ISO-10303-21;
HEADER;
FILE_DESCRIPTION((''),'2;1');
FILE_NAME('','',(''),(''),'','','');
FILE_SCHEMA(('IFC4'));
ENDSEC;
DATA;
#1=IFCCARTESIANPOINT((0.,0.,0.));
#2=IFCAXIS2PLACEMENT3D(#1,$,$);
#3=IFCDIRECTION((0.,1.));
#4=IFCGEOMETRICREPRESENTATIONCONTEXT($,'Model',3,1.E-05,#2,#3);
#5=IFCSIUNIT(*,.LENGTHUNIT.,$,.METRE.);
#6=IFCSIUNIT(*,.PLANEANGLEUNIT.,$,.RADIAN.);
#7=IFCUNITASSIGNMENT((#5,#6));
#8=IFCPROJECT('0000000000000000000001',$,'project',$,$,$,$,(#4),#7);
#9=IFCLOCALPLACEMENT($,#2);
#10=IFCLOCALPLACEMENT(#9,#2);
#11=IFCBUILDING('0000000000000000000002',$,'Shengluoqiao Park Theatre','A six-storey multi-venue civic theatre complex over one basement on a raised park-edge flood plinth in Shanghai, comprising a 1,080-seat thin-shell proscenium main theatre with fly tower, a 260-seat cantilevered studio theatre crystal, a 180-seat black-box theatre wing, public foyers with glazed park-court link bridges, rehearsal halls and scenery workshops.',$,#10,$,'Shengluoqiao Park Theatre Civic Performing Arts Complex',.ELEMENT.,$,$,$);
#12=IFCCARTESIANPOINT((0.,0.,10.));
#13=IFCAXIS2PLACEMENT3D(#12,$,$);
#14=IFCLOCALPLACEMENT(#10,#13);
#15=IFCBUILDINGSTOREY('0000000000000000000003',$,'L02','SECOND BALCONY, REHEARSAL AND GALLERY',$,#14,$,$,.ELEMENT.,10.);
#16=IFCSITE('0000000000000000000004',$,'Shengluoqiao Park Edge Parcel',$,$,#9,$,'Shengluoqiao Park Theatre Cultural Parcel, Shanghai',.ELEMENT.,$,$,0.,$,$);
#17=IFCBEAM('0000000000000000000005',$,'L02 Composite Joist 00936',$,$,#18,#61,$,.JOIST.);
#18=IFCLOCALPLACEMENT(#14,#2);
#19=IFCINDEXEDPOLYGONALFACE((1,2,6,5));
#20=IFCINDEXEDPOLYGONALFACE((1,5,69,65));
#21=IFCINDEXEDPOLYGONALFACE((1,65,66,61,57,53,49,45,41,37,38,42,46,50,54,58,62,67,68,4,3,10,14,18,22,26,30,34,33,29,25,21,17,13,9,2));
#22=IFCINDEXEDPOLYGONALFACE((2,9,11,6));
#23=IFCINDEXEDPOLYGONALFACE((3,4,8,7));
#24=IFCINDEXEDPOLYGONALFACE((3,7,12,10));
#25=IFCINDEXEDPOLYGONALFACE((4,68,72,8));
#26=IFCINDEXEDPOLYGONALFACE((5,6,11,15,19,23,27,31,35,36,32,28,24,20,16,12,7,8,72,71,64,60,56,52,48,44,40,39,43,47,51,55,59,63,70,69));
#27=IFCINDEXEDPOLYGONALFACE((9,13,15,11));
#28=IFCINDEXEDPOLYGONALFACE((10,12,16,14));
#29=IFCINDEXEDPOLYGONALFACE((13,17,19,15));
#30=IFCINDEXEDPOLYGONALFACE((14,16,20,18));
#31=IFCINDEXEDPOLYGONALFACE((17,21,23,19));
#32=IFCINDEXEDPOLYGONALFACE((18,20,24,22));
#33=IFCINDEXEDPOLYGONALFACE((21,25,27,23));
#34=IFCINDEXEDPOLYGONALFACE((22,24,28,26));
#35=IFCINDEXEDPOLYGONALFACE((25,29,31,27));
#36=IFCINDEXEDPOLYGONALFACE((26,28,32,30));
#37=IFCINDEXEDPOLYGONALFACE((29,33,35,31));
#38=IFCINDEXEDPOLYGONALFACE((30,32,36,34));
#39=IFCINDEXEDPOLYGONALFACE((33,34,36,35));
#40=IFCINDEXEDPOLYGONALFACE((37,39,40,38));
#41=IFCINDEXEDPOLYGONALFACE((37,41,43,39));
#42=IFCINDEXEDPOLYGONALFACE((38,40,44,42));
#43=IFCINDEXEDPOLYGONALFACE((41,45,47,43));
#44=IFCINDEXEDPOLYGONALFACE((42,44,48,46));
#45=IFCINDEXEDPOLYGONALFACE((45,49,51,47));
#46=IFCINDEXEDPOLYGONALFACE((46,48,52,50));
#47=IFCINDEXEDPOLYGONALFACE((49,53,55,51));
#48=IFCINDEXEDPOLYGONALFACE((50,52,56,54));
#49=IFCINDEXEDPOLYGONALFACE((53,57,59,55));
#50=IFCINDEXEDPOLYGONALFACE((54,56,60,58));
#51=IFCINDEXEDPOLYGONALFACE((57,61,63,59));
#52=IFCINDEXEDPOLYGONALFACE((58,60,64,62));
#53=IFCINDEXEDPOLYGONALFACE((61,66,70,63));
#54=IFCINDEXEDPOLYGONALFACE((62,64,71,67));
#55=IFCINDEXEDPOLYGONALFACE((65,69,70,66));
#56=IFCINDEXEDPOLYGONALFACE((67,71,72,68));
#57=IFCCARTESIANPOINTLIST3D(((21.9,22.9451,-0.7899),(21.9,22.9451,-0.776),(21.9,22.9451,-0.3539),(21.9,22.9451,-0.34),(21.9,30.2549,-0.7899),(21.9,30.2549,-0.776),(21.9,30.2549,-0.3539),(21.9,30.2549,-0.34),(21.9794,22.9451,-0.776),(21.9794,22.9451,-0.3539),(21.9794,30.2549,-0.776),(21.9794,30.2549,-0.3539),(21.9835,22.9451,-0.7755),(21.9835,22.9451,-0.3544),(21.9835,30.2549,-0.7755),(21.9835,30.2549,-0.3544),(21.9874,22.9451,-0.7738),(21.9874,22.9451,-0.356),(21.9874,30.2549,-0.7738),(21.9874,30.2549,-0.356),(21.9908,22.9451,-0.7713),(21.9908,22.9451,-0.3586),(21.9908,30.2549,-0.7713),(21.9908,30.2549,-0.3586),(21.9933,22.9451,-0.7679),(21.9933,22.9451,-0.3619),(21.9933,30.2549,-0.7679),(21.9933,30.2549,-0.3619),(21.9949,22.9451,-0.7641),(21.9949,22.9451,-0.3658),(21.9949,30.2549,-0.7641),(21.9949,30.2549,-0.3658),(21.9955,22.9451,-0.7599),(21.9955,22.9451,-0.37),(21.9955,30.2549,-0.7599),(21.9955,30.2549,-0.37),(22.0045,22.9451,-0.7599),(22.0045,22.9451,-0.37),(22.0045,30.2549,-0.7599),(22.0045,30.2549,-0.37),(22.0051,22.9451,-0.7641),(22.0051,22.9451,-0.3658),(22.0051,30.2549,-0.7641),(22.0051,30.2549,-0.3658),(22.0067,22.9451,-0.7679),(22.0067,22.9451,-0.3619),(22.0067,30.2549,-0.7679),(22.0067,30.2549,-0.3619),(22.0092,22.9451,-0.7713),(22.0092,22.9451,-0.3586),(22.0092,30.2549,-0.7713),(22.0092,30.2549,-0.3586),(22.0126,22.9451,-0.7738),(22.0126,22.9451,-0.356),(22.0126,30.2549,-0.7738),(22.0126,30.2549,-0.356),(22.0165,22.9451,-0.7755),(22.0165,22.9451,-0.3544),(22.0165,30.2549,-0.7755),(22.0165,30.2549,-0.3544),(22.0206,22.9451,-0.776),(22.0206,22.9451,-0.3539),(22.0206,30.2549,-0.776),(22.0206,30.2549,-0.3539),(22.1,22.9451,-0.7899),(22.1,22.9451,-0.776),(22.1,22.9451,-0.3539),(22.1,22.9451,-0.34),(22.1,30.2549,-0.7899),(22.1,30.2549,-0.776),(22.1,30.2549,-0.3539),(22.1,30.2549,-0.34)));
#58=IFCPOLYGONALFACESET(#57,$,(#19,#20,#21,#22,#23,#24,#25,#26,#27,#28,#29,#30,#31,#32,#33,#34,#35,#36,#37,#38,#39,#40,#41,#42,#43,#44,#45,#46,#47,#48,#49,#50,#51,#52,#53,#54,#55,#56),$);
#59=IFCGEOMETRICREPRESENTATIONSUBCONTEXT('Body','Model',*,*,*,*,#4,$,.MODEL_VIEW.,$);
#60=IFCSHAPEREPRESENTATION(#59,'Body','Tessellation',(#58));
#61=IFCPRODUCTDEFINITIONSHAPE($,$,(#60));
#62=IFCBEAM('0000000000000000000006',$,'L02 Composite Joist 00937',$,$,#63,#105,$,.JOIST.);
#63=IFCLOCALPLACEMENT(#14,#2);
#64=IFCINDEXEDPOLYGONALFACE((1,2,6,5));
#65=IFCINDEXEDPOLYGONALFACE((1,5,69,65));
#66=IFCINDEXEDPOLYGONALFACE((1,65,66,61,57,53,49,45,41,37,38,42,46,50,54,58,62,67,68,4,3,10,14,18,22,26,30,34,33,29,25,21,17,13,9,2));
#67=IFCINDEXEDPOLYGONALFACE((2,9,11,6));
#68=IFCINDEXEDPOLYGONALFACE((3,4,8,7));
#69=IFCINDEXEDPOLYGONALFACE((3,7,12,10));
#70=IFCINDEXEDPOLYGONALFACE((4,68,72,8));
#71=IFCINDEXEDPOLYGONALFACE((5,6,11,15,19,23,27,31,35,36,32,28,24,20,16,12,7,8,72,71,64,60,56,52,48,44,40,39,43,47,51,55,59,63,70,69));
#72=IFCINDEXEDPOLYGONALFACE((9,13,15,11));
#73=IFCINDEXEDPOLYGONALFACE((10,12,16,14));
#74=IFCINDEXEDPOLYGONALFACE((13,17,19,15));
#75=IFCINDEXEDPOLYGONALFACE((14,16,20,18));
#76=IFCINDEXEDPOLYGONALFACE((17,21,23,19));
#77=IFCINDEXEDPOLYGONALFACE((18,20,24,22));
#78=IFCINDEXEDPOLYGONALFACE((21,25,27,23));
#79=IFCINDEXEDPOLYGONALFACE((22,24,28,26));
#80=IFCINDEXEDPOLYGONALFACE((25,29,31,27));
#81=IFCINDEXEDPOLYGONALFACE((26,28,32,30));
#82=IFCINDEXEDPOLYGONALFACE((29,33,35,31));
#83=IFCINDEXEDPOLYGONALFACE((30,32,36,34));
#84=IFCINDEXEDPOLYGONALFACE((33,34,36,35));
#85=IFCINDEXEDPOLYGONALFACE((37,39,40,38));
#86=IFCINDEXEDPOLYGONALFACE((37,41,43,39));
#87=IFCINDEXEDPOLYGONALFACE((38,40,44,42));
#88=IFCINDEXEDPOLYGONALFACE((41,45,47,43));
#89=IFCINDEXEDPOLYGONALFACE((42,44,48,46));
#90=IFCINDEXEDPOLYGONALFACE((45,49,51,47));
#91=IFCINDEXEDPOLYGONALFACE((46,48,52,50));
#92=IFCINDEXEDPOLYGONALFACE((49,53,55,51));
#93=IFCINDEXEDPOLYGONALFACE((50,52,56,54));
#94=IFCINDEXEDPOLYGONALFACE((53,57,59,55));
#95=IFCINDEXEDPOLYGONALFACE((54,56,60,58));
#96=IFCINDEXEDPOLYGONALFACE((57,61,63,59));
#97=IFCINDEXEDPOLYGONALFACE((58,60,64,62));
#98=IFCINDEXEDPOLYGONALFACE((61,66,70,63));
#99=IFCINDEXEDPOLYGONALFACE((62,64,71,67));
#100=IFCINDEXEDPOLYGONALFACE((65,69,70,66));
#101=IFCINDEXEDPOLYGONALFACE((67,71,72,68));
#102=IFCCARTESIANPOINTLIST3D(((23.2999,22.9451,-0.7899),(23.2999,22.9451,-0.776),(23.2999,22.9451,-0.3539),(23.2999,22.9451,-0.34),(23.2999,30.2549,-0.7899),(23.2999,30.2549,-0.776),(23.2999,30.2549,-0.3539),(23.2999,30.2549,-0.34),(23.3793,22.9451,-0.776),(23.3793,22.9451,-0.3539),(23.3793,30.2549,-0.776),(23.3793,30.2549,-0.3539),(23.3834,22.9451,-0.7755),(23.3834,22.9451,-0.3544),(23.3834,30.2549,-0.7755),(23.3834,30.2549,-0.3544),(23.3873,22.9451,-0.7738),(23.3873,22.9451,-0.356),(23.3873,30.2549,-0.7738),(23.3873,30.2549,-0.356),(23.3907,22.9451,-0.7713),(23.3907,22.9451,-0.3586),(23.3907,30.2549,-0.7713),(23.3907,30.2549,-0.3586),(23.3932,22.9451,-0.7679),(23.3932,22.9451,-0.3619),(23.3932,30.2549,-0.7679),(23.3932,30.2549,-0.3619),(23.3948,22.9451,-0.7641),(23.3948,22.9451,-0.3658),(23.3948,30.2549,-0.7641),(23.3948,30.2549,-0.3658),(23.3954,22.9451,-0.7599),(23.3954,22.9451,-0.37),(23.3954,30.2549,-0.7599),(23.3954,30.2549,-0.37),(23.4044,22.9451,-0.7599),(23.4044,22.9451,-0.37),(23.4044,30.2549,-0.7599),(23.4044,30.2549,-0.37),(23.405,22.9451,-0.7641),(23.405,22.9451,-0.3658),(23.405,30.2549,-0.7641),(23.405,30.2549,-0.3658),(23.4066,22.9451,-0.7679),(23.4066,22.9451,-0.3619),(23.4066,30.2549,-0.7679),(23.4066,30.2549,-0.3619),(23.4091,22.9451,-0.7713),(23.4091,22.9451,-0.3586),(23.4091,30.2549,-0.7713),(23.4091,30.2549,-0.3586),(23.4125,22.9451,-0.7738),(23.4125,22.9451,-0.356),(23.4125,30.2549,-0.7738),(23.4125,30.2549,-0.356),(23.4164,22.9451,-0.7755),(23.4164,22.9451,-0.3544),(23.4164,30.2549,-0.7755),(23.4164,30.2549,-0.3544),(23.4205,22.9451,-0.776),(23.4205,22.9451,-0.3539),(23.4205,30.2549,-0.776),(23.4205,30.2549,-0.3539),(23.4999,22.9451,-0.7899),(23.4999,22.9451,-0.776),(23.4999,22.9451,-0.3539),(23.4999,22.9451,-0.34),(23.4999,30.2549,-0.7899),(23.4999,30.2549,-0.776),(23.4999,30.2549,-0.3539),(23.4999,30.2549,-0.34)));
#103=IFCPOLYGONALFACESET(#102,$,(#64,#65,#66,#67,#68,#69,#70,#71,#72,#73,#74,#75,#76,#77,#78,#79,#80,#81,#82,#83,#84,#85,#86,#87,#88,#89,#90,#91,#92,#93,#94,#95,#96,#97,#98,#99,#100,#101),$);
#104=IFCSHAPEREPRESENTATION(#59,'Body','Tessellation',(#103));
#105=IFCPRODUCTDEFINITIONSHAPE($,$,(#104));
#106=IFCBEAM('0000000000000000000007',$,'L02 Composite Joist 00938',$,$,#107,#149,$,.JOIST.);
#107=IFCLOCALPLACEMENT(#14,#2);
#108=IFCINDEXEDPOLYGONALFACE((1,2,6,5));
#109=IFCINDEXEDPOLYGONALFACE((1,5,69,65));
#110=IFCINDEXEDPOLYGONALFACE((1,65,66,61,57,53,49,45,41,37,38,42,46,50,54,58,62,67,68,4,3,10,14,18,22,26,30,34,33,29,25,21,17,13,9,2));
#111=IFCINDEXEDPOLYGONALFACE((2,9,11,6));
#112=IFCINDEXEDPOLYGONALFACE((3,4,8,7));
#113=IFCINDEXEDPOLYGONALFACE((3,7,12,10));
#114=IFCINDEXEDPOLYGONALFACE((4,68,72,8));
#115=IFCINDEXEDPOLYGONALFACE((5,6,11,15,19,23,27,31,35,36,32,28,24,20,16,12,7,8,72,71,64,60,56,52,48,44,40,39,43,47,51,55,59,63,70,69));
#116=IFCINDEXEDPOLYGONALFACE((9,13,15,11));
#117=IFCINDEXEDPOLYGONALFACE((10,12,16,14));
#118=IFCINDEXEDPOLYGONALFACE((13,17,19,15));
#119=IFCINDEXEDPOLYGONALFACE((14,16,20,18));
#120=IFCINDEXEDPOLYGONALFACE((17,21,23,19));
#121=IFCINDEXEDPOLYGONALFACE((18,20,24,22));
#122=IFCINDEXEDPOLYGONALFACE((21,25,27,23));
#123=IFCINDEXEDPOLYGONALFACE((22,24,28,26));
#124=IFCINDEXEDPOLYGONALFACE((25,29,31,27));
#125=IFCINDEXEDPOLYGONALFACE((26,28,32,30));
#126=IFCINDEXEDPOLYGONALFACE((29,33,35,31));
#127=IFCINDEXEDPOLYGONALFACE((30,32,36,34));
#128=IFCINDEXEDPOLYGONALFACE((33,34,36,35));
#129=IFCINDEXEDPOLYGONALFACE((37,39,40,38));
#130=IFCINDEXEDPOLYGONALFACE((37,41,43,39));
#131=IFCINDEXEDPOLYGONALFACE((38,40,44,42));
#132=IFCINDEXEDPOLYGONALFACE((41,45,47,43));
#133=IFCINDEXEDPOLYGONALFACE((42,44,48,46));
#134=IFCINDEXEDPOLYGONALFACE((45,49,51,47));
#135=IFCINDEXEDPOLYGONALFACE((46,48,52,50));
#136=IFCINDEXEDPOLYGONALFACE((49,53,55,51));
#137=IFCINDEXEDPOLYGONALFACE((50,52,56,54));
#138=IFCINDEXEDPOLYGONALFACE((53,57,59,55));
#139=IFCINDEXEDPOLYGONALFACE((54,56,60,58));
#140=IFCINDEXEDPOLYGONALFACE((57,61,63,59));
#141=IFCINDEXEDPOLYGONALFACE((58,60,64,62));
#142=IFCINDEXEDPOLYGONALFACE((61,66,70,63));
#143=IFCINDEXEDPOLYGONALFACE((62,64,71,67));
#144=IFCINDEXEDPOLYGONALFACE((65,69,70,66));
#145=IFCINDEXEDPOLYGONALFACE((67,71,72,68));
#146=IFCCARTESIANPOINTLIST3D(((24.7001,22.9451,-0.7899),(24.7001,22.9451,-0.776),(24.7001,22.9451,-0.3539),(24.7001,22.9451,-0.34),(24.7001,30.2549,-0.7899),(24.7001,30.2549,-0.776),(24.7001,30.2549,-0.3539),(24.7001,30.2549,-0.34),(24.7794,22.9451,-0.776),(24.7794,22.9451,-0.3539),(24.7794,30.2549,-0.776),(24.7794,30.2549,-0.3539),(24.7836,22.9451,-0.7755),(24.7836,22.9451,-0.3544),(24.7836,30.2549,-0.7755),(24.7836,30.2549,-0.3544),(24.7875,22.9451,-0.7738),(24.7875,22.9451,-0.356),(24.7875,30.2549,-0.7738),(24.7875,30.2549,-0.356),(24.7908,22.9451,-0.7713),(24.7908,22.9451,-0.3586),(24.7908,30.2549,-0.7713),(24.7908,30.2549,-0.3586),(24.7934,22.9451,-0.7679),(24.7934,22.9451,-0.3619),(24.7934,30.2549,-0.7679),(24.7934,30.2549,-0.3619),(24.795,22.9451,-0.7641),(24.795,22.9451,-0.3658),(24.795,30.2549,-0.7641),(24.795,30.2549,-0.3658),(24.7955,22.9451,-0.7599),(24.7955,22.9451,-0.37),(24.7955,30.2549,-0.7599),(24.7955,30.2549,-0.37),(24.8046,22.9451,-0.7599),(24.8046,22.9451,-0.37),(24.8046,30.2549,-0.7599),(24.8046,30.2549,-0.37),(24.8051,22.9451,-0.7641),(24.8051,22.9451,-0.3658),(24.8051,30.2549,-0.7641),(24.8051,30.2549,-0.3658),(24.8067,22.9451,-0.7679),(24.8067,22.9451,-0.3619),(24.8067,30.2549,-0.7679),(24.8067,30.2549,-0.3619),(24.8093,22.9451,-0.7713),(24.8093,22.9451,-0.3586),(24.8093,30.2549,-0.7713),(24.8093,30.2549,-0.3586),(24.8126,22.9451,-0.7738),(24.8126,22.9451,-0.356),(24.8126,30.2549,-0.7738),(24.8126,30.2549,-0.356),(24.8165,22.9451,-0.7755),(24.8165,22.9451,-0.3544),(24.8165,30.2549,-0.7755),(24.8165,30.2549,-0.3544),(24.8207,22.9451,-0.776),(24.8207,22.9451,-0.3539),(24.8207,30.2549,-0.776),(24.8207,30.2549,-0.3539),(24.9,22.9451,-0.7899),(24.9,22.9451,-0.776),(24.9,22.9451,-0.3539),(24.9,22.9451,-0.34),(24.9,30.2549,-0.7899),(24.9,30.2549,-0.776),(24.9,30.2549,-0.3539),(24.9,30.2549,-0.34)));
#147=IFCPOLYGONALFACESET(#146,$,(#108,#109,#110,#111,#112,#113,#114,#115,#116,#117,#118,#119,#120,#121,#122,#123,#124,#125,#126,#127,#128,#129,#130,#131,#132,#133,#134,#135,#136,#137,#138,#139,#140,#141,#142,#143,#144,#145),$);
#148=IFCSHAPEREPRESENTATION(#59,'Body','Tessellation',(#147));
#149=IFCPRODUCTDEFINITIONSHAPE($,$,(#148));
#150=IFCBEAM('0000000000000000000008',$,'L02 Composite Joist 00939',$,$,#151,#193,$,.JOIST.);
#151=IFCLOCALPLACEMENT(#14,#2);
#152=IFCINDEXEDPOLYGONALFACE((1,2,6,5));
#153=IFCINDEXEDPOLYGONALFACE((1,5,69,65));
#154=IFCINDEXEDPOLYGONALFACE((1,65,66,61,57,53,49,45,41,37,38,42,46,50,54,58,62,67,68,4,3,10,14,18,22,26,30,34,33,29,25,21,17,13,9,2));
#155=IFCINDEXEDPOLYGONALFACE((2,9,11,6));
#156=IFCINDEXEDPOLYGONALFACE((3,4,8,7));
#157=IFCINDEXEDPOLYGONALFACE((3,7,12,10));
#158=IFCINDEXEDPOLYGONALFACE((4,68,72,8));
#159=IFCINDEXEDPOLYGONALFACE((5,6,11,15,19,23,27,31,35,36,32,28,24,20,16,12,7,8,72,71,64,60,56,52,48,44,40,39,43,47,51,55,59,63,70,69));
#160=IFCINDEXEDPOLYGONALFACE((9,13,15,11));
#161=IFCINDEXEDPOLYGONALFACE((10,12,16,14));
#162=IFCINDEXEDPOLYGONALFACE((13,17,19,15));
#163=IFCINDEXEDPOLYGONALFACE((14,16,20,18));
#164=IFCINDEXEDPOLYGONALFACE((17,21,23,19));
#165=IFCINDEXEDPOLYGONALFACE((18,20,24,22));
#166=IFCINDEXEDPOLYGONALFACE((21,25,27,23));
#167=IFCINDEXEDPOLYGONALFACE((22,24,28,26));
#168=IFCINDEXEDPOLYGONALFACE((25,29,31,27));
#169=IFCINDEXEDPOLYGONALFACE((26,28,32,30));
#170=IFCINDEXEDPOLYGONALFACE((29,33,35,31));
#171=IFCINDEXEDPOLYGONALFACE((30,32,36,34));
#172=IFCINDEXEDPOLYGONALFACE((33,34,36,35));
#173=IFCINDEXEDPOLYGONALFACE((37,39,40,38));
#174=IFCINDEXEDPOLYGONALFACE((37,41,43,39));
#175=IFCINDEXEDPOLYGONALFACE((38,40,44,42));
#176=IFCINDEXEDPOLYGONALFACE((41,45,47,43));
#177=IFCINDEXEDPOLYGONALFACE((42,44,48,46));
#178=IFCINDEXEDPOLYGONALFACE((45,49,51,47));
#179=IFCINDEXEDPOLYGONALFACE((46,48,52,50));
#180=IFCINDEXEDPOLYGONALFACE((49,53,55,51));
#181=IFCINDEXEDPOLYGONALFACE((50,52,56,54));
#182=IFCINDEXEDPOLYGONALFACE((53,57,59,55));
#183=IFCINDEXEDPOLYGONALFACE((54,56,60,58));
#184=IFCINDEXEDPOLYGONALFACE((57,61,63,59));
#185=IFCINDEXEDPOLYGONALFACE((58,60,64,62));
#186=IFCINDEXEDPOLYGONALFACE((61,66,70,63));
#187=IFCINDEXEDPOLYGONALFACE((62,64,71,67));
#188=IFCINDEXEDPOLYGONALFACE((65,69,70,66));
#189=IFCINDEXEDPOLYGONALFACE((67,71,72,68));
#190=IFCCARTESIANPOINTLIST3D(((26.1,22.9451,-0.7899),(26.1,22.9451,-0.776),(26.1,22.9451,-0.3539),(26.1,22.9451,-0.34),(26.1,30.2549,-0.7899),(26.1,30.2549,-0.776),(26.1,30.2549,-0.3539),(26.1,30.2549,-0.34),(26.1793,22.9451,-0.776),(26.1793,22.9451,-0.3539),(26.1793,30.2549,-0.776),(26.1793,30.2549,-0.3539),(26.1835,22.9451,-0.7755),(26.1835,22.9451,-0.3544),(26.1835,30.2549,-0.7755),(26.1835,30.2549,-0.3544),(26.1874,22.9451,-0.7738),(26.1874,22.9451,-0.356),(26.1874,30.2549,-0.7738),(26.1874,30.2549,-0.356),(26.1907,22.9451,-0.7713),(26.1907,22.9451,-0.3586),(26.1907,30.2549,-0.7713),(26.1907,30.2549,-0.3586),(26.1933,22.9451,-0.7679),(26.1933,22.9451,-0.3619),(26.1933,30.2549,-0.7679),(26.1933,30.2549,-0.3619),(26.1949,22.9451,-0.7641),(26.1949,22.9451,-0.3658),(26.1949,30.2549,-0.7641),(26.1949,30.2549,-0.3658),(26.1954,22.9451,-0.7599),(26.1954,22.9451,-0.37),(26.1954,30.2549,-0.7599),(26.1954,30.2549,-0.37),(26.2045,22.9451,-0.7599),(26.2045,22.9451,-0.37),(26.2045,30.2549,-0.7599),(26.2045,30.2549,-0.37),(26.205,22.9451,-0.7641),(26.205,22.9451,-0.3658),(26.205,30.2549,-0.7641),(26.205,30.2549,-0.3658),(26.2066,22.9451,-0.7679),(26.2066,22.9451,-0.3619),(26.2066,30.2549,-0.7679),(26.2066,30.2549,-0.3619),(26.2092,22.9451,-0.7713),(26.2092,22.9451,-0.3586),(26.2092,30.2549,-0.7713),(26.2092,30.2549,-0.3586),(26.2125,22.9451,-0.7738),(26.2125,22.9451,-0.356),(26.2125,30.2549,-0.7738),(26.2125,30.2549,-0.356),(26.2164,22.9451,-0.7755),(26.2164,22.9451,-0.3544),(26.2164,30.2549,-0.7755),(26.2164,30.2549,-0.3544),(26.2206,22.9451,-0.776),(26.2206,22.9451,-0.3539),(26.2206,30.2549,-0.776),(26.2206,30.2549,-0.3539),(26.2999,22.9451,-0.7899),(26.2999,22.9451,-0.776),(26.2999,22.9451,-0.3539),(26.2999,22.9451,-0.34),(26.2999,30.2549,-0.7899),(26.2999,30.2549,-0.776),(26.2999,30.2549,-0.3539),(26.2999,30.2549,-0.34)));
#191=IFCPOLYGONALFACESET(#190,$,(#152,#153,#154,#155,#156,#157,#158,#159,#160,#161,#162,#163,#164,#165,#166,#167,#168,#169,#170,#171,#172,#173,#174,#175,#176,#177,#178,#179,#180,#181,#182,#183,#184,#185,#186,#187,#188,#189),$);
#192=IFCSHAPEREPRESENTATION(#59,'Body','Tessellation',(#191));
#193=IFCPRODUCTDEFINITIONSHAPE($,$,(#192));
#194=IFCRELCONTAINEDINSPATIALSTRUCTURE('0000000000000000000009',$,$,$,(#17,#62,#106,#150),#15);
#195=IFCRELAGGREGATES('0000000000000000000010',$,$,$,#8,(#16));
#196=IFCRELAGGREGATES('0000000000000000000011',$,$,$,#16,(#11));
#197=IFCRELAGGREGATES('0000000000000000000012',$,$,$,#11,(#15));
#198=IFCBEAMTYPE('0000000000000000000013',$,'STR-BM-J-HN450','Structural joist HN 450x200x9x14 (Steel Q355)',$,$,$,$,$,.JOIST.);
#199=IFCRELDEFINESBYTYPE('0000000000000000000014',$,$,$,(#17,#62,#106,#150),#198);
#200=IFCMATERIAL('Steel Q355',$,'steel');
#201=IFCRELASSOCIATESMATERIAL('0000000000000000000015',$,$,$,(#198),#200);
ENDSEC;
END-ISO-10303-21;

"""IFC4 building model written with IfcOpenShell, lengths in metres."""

from ifc_helpers import new_model, si_unit, direction, frame, origin, origin_2d, place, context, subcontext, project, spatial, i_section, extrude, material, material_profile, profile_set, type_object, element, save


model = new_model("IFC4")

# Units and contexts
model_context = context("Model", 3, precision=1e-05, world=origin(), true_north=direction((0.0, 1.0)))
body_context = subcontext(model_context, "Body", "Model", "MODEL_VIEW")
ifc_project = project(units=[si_unit("LENGTHUNIT", "METRE"), si_unit("PLANEANGLEUNIT", "RADIAN")], contexts=[model_context])

# Site, building, storey
site_placement = place(None, origin())
site = spatial("IfcSite", under=ifc_project, at=site_placement, Name="Shengluoqiao Park Edge Parcel", LongName="Shengluoqiao Park Theatre Cultural Parcel, Shanghai", CompositionType="ELEMENT", RefElevation=0.0)
building_placement = place(site_placement, origin())
building = spatial("IfcBuilding", under=site, at=building_placement, Name="Shengluoqiao Park Theatre", Description="A six-storey multi-venue civic theatre complex over one basement on a raised park-edge flood plinth in Shanghai, comprising a 1,080-seat thin-shell proscenium main theatre with fly tower, a 260-seat cantilevered studio theatre crystal, a 180-seat black-box theatre wing, public foyers with glazed park-court link bridges, rehearsal halls and scenery workshops.", LongName="Shengluoqiao Park Theatre Civic Performing Arts Complex", CompositionType="ELEMENT")
storey_placement = place(building_placement, frame((0.0, 0.0, 10.0)))
storey = spatial("IfcBuildingStorey", under=building, at=storey_placement, Name="L02", Description="SECOND BALCONY, REHEARSAL AND GALLERY", CompositionType="ELEMENT", Elevation=10.0)

# Shared definitions
ifc_material_1 = material(Name="Steel Q355", Category="steel")

# Beams
ifc_material_profile_1 = material_profile(ifc_material_1, i_section(OverallWidth=0.2, OverallDepth=0.45, WebThickness=0.009, FlangeThickness=0.0139, FilletRadius=0.0161, at=origin_2d()), Name="HN 450x200x9x14")
ifc_profile_set_1 = profile_set([ifc_material_profile_1], Name="Steel Q355")
beam_type_1 = type_object("IfcBeamType", Name="STR-BM-J-HN450", Description="Structural joist HN 450x200x9x14 (Steel Q355)", PredefinedType="JOIST", material=ifc_profile_set_1)
for number, where, z_axis, x_axis, name in (
    (1, (22.0, 22.9451, -0.5649), (0.0, 1.0, 0.0), (-1.0, 0.0, 0.0), "L02 Composite Joist 00936"),
    (2, (23.3999, 22.9451, -0.5649), (0.0, 1.0, 0.0), (-1.0, 0.0, 0.0), "L02 Composite Joist 00937"),
    (3, (24.8, 22.9451, -0.5649), (0.0, 1.0, 0.0), (-1.0, 0.0, 0.0), "L02 Composite Joist 00938"),
    (4, (26.2, 22.9451, -0.5649), (0.0, 1.0, 0.0), (-1.0, 0.0, 0.0), "L02 Composite Joist 00939"),
):
    element("IfcBeam", number, at=place(storey_placement, frame(where, z_axis=z_axis, x_axis=x_axis)), inside=storey, type_object=beam_type_1, Name=name, PredefinedType="JOIST", context=body_context, shape_type="SweptSolid", body=[
        extrude(i_section(OverallWidth=0.2, OverallDepth=0.45, WebThickness=0.009, FlangeThickness=0.0139, FilletRadius=0.0161, at=origin_2d()), origin(), (0.0, 0.0, 1.0), 7.3098),
    ])

save(model, "model.ifc")
